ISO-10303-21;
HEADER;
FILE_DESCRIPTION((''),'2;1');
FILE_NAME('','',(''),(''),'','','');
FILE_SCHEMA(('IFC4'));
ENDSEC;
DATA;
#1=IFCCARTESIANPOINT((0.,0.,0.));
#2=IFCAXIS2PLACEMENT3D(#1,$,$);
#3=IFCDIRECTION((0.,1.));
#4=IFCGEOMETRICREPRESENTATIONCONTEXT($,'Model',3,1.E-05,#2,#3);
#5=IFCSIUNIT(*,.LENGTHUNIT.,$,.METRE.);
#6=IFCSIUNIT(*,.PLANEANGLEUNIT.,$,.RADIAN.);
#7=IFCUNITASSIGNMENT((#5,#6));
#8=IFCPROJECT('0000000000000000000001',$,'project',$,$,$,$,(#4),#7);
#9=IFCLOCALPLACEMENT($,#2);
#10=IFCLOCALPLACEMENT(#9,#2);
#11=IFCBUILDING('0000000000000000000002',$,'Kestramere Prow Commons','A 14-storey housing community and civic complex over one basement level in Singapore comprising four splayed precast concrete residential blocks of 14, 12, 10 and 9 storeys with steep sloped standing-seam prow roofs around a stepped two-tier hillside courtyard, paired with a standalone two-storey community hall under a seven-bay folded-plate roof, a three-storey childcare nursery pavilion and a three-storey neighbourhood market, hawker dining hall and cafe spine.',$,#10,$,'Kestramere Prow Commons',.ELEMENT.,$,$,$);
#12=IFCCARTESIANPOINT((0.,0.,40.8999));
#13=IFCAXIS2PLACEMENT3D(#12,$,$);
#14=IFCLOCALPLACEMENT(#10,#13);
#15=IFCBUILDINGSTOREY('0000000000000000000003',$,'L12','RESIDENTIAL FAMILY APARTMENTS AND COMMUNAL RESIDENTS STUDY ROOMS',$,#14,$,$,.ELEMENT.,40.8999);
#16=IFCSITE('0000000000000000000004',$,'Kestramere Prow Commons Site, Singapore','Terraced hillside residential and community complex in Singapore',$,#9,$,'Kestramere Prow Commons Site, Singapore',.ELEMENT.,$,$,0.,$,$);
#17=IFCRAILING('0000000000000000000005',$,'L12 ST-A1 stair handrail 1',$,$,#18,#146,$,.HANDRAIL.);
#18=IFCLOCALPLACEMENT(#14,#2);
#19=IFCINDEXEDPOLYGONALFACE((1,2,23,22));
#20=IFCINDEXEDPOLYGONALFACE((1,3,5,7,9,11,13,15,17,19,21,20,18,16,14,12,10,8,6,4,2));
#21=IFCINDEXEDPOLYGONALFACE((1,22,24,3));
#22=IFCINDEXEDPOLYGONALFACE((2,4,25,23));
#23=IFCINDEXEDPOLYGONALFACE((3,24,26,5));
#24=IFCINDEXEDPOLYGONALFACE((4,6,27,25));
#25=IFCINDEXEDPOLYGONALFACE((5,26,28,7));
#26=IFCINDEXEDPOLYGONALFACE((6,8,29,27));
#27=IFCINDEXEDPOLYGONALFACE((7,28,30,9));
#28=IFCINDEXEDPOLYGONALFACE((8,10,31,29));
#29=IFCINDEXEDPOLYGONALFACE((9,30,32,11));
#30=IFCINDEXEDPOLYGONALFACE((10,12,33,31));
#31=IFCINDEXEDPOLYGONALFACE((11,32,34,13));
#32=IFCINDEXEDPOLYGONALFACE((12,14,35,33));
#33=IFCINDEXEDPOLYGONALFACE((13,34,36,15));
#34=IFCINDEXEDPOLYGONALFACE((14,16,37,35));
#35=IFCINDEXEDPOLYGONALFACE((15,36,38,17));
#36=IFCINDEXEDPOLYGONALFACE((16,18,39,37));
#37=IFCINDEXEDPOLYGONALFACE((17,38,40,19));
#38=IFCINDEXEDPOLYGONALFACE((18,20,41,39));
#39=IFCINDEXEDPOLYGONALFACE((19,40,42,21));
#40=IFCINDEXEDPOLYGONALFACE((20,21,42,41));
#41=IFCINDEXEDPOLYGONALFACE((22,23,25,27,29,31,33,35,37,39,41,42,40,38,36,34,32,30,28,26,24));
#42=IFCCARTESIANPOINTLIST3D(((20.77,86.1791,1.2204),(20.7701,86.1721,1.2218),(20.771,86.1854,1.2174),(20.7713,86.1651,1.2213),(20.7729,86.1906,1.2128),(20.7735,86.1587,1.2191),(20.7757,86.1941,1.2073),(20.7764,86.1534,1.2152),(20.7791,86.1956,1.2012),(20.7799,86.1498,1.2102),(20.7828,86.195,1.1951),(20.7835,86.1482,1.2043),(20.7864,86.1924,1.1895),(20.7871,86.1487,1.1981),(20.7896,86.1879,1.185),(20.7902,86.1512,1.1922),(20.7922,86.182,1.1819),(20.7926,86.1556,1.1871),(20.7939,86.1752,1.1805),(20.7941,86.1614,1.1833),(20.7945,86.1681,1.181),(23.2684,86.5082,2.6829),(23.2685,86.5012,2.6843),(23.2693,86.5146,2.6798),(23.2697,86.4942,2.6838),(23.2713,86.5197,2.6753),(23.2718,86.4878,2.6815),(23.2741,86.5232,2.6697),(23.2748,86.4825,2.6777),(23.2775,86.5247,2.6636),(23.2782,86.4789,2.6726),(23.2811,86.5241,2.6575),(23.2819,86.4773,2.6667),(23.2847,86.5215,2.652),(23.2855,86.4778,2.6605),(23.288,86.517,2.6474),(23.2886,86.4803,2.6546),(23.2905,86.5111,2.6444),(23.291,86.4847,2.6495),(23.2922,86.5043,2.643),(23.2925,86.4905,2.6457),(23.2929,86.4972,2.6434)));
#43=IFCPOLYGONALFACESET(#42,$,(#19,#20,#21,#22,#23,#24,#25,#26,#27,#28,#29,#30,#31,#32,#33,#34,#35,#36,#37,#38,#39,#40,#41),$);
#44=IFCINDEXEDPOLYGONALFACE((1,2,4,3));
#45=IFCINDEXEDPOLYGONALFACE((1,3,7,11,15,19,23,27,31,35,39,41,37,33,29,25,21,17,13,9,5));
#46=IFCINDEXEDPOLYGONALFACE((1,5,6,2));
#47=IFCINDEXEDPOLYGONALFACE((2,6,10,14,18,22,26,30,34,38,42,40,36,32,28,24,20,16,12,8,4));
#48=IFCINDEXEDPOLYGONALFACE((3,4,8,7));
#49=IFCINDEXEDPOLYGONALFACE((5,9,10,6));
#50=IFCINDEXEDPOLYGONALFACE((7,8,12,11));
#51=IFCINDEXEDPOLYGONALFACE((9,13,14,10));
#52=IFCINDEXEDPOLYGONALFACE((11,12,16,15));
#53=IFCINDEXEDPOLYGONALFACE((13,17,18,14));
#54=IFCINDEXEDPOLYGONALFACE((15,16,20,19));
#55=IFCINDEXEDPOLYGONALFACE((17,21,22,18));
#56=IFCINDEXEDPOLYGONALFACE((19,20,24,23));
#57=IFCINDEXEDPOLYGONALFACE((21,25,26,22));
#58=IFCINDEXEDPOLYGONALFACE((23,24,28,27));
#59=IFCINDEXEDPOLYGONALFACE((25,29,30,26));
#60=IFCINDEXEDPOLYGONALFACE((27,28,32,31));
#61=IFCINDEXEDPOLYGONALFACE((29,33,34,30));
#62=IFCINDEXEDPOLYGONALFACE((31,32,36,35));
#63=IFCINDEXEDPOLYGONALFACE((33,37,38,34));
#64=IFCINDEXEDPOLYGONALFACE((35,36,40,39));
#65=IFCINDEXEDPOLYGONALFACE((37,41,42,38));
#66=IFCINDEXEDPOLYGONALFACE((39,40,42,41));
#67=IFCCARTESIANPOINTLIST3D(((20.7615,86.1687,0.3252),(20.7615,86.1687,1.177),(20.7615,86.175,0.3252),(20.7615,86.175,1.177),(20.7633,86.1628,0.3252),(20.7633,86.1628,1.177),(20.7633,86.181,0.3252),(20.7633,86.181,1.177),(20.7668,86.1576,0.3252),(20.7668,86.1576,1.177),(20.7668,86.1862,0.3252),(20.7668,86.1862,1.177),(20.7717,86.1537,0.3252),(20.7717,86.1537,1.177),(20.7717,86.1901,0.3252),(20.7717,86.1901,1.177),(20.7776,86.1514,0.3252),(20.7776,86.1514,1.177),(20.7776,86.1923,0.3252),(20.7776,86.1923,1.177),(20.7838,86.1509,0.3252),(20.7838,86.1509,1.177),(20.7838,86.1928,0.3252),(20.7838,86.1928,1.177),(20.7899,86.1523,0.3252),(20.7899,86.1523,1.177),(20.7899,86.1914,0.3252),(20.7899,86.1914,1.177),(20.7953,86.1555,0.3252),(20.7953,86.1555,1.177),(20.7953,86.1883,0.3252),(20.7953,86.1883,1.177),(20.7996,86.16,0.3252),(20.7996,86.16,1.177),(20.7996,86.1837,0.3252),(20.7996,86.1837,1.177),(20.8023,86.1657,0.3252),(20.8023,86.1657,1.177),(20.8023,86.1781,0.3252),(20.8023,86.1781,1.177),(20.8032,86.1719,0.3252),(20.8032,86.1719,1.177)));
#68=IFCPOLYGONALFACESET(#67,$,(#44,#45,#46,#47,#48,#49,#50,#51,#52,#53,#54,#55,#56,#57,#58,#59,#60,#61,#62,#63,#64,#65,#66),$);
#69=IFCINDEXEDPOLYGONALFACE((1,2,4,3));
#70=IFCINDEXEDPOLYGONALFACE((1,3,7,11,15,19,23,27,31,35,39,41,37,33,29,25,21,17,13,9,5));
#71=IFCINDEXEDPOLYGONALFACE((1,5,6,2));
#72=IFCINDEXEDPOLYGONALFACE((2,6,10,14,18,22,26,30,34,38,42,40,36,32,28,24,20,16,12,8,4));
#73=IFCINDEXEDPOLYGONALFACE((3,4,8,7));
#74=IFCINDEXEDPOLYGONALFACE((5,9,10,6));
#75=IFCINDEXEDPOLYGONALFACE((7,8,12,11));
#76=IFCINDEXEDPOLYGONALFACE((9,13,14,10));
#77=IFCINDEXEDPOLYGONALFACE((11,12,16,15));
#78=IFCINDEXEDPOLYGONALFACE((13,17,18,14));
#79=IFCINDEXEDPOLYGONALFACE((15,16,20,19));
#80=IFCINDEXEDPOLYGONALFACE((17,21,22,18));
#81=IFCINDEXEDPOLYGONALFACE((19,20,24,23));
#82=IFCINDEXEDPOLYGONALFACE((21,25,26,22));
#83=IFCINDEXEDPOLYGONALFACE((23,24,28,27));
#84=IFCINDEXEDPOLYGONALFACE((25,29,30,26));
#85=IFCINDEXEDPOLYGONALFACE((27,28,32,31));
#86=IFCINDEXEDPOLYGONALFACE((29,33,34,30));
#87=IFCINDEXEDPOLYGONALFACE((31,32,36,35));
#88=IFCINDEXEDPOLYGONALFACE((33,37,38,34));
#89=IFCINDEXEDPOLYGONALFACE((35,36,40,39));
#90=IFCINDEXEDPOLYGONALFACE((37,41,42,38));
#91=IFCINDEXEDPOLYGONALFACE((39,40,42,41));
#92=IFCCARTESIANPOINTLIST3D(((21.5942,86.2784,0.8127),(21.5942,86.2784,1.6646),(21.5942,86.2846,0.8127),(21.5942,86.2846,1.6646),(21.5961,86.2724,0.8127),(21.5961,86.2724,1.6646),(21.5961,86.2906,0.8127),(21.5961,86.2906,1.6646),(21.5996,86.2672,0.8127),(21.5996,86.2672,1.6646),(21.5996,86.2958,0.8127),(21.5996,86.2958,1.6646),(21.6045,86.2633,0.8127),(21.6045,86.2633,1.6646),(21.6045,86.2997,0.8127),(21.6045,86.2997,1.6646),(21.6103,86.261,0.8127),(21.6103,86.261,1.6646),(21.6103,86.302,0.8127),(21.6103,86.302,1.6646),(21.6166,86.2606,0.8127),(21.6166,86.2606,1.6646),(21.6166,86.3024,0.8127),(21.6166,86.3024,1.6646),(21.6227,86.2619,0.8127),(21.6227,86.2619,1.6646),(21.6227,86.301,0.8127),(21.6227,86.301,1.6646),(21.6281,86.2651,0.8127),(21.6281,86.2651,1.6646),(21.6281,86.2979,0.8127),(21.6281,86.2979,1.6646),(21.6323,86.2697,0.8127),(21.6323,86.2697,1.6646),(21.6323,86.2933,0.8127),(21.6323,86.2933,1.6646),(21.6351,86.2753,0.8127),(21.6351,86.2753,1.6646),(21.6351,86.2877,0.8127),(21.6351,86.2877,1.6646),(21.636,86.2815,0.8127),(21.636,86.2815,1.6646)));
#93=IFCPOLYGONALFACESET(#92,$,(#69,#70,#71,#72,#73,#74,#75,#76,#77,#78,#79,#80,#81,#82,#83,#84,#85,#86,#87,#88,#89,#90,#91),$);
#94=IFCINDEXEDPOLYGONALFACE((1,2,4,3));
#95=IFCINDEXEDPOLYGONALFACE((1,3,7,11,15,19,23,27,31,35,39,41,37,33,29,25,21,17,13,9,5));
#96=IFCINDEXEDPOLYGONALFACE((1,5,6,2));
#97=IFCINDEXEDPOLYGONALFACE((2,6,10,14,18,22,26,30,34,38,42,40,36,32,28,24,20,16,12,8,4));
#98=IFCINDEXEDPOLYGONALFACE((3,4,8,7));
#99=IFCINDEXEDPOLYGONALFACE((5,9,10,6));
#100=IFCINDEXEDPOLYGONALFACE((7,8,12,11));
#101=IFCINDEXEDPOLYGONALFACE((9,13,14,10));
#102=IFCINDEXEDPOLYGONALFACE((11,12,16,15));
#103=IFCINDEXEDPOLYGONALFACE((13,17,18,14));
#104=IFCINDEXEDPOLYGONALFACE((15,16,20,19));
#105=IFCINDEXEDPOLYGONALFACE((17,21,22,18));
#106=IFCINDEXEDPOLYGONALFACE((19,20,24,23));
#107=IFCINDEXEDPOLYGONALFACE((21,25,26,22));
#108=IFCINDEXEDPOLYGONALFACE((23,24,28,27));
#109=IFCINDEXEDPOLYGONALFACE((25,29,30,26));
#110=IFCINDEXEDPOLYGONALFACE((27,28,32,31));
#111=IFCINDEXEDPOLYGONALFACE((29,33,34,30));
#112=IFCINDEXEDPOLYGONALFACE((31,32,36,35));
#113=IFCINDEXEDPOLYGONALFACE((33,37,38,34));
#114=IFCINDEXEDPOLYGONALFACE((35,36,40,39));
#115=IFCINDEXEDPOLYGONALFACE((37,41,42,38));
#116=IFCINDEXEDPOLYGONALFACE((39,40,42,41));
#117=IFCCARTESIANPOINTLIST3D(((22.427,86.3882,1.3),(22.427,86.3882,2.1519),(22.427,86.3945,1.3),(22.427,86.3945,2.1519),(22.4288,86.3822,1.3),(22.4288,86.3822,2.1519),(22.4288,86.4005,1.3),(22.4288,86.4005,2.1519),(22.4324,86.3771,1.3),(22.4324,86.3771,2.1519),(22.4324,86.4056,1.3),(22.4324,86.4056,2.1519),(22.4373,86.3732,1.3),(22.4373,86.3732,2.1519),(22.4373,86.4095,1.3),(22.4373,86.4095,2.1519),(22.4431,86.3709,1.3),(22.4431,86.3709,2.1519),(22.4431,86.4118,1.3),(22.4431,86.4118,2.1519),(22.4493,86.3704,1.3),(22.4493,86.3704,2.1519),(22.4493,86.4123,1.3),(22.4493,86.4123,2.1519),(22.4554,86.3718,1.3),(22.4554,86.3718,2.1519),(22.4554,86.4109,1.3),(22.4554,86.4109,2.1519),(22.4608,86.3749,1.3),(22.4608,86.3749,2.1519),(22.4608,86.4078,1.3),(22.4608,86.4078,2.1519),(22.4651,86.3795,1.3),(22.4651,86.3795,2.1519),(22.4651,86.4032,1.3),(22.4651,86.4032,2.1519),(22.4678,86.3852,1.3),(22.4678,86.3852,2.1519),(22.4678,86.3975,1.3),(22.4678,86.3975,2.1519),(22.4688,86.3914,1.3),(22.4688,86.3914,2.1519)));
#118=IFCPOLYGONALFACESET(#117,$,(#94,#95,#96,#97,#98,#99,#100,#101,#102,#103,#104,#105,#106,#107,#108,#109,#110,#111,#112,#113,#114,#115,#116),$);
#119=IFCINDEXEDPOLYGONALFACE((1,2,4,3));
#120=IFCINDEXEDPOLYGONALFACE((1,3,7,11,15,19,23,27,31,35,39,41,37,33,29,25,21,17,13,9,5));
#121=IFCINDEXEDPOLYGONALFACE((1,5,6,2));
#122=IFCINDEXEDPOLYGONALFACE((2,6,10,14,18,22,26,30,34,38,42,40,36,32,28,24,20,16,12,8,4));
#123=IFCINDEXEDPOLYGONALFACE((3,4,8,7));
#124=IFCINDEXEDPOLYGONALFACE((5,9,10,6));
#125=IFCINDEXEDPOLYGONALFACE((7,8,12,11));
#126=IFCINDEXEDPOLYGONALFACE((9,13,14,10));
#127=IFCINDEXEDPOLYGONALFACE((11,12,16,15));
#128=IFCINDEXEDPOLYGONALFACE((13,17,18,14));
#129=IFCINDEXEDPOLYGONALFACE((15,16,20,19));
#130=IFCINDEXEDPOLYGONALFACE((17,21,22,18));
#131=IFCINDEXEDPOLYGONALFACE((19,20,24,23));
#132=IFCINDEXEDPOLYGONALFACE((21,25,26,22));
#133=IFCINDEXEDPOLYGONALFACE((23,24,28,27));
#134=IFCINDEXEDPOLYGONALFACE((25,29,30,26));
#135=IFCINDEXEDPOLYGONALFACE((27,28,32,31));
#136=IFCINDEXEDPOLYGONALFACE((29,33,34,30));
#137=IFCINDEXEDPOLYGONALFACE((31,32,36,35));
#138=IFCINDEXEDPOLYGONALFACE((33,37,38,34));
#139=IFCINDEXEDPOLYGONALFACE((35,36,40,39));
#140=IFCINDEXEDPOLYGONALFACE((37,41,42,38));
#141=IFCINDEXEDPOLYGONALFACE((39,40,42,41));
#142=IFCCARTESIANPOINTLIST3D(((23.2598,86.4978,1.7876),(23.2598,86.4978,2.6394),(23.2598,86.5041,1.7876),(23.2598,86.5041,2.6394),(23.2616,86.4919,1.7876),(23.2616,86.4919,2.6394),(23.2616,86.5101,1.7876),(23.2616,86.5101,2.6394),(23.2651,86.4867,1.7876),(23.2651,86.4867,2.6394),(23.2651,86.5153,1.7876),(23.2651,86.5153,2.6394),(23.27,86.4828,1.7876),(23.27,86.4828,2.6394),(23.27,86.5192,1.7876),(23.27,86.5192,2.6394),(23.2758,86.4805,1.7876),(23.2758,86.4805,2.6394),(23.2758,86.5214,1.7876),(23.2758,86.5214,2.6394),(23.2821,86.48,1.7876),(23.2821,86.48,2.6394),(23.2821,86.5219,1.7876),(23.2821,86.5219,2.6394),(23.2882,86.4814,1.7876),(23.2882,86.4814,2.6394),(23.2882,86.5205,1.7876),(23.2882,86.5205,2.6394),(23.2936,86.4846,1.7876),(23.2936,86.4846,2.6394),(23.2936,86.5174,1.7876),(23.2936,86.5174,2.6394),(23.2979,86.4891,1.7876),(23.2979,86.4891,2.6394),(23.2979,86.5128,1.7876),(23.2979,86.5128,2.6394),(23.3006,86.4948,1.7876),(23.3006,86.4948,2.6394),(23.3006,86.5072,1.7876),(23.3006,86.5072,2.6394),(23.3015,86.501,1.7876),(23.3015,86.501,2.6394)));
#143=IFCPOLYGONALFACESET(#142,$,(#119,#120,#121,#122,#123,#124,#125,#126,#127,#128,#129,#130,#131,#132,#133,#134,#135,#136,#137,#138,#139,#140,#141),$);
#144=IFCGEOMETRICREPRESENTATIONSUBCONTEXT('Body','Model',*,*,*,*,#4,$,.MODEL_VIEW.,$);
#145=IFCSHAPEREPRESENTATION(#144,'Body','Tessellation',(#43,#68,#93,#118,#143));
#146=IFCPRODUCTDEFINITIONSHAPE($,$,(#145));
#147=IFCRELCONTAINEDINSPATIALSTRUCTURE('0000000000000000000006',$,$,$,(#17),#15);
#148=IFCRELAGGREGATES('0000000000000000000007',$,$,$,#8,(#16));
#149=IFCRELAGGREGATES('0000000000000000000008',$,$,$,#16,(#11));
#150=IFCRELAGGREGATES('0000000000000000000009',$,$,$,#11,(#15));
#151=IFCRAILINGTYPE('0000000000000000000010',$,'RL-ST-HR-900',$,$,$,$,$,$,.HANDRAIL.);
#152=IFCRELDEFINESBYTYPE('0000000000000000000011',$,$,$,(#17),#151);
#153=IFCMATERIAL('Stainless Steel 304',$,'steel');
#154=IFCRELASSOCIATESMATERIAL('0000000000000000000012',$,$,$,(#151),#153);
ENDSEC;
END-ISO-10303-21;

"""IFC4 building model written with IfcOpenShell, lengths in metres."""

from ifc_helpers import new_model, si_unit, direction, frame, origin, origin_2d, place, context, subcontext, project, spatial, circle, extrude, material, type_object, element, save


model = new_model("IFC4")

# Units and contexts
model_context = context("Model", 3, precision=1e-05, world=origin(), true_north=direction((0.0, 1.0)))
body_context = subcontext(model_context, "Body", "Model", "MODEL_VIEW")
ifc_project = project(units=[si_unit("LENGTHUNIT", "METRE"), si_unit("PLANEANGLEUNIT", "RADIAN")], contexts=[model_context])

# Site, building, storey
site_placement = place(None, origin())
site = spatial("IfcSite", under=ifc_project, at=site_placement, Name="Kestramere Prow Commons Site, Singapore", Description="Terraced hillside residential and community complex in Singapore", LongName="Kestramere Prow Commons Site, Singapore", CompositionType="ELEMENT", RefElevation=0.0)
building_placement = place(site_placement, origin())
building = spatial("IfcBuilding", under=site, at=building_placement, Name="Kestramere Prow Commons", Description="A 14-storey housing community and civic complex over one basement level in Singapore comprising four splayed precast concrete residential blocks of 14, 12, 10 and 9 storeys with steep sloped standing-seam prow roofs around a stepped two-tier hillside courtyard, paired with a standalone two-storey community hall under a seven-bay folded-plate roof, a three-storey childcare nursery pavilion and a three-storey neighbourhood market, hawker dining hall and cafe spine.", LongName="Kestramere Prow Commons", CompositionType="ELEMENT")
storey_placement = place(building_placement, frame((0.0, 0.0, 40.8999)))
storey = spatial("IfcBuildingStorey", under=building, at=storey_placement, Name="L12", Description="RESIDENTIAL FAMILY APARTMENTS AND COMMUNAL RESIDENTS STUDY ROOMS", CompositionType="ELEMENT", Elevation=40.8999)

# Railing
ifc_material_1 = material(Name="Stainless Steel 304", Category="steel")
railing_type_1 = type_object("IfcRailingType", Name="RL-ST-HR-900", PredefinedType="HANDRAIL", material=ifc_material_1)
railing_1_placement = place(storey_placement, frame((20.7822, 86.1719, 0.3252)))
element("IfcRailing", 1, at=railing_1_placement, inside=storey, type_object=railing_type_1, Name="L12 ST-A1 stair handrail 1", PredefinedType="HANDRAIL", context=body_context, shape_type="SweptSolid", body=[
    extrude(circle(Radius=0.0239, at=origin_2d()), frame((0.0, 0.0, 0.876), z_axis=(0.857493, 0.112958, 0.501943), x_axis=(-0.130602, 0.991435, 0.0)), (0.0, 0.0, 1.0), 2.9136),
    extrude(circle(Radius=0.021, at=origin_2d()), origin(), (0.0, 0.0, 1.0), 0.8518),
    extrude(circle(Radius=0.021, at=origin_2d()), frame((0.8328, 0.1096, 0.4875)), (0.0, 0.0, 1.0), 0.8518),
    extrude(circle(Radius=0.021, at=origin_2d()), frame((1.6655, 0.2195, 0.9749)), (0.0, 0.0, 1.0), 0.8518),
    extrude(circle(Radius=0.021, at=origin_2d()), frame((2.4983, 0.3291, 1.4624)), (0.0, 0.0, 1.0), 0.8518),
])

save(model, "model.ifc")
